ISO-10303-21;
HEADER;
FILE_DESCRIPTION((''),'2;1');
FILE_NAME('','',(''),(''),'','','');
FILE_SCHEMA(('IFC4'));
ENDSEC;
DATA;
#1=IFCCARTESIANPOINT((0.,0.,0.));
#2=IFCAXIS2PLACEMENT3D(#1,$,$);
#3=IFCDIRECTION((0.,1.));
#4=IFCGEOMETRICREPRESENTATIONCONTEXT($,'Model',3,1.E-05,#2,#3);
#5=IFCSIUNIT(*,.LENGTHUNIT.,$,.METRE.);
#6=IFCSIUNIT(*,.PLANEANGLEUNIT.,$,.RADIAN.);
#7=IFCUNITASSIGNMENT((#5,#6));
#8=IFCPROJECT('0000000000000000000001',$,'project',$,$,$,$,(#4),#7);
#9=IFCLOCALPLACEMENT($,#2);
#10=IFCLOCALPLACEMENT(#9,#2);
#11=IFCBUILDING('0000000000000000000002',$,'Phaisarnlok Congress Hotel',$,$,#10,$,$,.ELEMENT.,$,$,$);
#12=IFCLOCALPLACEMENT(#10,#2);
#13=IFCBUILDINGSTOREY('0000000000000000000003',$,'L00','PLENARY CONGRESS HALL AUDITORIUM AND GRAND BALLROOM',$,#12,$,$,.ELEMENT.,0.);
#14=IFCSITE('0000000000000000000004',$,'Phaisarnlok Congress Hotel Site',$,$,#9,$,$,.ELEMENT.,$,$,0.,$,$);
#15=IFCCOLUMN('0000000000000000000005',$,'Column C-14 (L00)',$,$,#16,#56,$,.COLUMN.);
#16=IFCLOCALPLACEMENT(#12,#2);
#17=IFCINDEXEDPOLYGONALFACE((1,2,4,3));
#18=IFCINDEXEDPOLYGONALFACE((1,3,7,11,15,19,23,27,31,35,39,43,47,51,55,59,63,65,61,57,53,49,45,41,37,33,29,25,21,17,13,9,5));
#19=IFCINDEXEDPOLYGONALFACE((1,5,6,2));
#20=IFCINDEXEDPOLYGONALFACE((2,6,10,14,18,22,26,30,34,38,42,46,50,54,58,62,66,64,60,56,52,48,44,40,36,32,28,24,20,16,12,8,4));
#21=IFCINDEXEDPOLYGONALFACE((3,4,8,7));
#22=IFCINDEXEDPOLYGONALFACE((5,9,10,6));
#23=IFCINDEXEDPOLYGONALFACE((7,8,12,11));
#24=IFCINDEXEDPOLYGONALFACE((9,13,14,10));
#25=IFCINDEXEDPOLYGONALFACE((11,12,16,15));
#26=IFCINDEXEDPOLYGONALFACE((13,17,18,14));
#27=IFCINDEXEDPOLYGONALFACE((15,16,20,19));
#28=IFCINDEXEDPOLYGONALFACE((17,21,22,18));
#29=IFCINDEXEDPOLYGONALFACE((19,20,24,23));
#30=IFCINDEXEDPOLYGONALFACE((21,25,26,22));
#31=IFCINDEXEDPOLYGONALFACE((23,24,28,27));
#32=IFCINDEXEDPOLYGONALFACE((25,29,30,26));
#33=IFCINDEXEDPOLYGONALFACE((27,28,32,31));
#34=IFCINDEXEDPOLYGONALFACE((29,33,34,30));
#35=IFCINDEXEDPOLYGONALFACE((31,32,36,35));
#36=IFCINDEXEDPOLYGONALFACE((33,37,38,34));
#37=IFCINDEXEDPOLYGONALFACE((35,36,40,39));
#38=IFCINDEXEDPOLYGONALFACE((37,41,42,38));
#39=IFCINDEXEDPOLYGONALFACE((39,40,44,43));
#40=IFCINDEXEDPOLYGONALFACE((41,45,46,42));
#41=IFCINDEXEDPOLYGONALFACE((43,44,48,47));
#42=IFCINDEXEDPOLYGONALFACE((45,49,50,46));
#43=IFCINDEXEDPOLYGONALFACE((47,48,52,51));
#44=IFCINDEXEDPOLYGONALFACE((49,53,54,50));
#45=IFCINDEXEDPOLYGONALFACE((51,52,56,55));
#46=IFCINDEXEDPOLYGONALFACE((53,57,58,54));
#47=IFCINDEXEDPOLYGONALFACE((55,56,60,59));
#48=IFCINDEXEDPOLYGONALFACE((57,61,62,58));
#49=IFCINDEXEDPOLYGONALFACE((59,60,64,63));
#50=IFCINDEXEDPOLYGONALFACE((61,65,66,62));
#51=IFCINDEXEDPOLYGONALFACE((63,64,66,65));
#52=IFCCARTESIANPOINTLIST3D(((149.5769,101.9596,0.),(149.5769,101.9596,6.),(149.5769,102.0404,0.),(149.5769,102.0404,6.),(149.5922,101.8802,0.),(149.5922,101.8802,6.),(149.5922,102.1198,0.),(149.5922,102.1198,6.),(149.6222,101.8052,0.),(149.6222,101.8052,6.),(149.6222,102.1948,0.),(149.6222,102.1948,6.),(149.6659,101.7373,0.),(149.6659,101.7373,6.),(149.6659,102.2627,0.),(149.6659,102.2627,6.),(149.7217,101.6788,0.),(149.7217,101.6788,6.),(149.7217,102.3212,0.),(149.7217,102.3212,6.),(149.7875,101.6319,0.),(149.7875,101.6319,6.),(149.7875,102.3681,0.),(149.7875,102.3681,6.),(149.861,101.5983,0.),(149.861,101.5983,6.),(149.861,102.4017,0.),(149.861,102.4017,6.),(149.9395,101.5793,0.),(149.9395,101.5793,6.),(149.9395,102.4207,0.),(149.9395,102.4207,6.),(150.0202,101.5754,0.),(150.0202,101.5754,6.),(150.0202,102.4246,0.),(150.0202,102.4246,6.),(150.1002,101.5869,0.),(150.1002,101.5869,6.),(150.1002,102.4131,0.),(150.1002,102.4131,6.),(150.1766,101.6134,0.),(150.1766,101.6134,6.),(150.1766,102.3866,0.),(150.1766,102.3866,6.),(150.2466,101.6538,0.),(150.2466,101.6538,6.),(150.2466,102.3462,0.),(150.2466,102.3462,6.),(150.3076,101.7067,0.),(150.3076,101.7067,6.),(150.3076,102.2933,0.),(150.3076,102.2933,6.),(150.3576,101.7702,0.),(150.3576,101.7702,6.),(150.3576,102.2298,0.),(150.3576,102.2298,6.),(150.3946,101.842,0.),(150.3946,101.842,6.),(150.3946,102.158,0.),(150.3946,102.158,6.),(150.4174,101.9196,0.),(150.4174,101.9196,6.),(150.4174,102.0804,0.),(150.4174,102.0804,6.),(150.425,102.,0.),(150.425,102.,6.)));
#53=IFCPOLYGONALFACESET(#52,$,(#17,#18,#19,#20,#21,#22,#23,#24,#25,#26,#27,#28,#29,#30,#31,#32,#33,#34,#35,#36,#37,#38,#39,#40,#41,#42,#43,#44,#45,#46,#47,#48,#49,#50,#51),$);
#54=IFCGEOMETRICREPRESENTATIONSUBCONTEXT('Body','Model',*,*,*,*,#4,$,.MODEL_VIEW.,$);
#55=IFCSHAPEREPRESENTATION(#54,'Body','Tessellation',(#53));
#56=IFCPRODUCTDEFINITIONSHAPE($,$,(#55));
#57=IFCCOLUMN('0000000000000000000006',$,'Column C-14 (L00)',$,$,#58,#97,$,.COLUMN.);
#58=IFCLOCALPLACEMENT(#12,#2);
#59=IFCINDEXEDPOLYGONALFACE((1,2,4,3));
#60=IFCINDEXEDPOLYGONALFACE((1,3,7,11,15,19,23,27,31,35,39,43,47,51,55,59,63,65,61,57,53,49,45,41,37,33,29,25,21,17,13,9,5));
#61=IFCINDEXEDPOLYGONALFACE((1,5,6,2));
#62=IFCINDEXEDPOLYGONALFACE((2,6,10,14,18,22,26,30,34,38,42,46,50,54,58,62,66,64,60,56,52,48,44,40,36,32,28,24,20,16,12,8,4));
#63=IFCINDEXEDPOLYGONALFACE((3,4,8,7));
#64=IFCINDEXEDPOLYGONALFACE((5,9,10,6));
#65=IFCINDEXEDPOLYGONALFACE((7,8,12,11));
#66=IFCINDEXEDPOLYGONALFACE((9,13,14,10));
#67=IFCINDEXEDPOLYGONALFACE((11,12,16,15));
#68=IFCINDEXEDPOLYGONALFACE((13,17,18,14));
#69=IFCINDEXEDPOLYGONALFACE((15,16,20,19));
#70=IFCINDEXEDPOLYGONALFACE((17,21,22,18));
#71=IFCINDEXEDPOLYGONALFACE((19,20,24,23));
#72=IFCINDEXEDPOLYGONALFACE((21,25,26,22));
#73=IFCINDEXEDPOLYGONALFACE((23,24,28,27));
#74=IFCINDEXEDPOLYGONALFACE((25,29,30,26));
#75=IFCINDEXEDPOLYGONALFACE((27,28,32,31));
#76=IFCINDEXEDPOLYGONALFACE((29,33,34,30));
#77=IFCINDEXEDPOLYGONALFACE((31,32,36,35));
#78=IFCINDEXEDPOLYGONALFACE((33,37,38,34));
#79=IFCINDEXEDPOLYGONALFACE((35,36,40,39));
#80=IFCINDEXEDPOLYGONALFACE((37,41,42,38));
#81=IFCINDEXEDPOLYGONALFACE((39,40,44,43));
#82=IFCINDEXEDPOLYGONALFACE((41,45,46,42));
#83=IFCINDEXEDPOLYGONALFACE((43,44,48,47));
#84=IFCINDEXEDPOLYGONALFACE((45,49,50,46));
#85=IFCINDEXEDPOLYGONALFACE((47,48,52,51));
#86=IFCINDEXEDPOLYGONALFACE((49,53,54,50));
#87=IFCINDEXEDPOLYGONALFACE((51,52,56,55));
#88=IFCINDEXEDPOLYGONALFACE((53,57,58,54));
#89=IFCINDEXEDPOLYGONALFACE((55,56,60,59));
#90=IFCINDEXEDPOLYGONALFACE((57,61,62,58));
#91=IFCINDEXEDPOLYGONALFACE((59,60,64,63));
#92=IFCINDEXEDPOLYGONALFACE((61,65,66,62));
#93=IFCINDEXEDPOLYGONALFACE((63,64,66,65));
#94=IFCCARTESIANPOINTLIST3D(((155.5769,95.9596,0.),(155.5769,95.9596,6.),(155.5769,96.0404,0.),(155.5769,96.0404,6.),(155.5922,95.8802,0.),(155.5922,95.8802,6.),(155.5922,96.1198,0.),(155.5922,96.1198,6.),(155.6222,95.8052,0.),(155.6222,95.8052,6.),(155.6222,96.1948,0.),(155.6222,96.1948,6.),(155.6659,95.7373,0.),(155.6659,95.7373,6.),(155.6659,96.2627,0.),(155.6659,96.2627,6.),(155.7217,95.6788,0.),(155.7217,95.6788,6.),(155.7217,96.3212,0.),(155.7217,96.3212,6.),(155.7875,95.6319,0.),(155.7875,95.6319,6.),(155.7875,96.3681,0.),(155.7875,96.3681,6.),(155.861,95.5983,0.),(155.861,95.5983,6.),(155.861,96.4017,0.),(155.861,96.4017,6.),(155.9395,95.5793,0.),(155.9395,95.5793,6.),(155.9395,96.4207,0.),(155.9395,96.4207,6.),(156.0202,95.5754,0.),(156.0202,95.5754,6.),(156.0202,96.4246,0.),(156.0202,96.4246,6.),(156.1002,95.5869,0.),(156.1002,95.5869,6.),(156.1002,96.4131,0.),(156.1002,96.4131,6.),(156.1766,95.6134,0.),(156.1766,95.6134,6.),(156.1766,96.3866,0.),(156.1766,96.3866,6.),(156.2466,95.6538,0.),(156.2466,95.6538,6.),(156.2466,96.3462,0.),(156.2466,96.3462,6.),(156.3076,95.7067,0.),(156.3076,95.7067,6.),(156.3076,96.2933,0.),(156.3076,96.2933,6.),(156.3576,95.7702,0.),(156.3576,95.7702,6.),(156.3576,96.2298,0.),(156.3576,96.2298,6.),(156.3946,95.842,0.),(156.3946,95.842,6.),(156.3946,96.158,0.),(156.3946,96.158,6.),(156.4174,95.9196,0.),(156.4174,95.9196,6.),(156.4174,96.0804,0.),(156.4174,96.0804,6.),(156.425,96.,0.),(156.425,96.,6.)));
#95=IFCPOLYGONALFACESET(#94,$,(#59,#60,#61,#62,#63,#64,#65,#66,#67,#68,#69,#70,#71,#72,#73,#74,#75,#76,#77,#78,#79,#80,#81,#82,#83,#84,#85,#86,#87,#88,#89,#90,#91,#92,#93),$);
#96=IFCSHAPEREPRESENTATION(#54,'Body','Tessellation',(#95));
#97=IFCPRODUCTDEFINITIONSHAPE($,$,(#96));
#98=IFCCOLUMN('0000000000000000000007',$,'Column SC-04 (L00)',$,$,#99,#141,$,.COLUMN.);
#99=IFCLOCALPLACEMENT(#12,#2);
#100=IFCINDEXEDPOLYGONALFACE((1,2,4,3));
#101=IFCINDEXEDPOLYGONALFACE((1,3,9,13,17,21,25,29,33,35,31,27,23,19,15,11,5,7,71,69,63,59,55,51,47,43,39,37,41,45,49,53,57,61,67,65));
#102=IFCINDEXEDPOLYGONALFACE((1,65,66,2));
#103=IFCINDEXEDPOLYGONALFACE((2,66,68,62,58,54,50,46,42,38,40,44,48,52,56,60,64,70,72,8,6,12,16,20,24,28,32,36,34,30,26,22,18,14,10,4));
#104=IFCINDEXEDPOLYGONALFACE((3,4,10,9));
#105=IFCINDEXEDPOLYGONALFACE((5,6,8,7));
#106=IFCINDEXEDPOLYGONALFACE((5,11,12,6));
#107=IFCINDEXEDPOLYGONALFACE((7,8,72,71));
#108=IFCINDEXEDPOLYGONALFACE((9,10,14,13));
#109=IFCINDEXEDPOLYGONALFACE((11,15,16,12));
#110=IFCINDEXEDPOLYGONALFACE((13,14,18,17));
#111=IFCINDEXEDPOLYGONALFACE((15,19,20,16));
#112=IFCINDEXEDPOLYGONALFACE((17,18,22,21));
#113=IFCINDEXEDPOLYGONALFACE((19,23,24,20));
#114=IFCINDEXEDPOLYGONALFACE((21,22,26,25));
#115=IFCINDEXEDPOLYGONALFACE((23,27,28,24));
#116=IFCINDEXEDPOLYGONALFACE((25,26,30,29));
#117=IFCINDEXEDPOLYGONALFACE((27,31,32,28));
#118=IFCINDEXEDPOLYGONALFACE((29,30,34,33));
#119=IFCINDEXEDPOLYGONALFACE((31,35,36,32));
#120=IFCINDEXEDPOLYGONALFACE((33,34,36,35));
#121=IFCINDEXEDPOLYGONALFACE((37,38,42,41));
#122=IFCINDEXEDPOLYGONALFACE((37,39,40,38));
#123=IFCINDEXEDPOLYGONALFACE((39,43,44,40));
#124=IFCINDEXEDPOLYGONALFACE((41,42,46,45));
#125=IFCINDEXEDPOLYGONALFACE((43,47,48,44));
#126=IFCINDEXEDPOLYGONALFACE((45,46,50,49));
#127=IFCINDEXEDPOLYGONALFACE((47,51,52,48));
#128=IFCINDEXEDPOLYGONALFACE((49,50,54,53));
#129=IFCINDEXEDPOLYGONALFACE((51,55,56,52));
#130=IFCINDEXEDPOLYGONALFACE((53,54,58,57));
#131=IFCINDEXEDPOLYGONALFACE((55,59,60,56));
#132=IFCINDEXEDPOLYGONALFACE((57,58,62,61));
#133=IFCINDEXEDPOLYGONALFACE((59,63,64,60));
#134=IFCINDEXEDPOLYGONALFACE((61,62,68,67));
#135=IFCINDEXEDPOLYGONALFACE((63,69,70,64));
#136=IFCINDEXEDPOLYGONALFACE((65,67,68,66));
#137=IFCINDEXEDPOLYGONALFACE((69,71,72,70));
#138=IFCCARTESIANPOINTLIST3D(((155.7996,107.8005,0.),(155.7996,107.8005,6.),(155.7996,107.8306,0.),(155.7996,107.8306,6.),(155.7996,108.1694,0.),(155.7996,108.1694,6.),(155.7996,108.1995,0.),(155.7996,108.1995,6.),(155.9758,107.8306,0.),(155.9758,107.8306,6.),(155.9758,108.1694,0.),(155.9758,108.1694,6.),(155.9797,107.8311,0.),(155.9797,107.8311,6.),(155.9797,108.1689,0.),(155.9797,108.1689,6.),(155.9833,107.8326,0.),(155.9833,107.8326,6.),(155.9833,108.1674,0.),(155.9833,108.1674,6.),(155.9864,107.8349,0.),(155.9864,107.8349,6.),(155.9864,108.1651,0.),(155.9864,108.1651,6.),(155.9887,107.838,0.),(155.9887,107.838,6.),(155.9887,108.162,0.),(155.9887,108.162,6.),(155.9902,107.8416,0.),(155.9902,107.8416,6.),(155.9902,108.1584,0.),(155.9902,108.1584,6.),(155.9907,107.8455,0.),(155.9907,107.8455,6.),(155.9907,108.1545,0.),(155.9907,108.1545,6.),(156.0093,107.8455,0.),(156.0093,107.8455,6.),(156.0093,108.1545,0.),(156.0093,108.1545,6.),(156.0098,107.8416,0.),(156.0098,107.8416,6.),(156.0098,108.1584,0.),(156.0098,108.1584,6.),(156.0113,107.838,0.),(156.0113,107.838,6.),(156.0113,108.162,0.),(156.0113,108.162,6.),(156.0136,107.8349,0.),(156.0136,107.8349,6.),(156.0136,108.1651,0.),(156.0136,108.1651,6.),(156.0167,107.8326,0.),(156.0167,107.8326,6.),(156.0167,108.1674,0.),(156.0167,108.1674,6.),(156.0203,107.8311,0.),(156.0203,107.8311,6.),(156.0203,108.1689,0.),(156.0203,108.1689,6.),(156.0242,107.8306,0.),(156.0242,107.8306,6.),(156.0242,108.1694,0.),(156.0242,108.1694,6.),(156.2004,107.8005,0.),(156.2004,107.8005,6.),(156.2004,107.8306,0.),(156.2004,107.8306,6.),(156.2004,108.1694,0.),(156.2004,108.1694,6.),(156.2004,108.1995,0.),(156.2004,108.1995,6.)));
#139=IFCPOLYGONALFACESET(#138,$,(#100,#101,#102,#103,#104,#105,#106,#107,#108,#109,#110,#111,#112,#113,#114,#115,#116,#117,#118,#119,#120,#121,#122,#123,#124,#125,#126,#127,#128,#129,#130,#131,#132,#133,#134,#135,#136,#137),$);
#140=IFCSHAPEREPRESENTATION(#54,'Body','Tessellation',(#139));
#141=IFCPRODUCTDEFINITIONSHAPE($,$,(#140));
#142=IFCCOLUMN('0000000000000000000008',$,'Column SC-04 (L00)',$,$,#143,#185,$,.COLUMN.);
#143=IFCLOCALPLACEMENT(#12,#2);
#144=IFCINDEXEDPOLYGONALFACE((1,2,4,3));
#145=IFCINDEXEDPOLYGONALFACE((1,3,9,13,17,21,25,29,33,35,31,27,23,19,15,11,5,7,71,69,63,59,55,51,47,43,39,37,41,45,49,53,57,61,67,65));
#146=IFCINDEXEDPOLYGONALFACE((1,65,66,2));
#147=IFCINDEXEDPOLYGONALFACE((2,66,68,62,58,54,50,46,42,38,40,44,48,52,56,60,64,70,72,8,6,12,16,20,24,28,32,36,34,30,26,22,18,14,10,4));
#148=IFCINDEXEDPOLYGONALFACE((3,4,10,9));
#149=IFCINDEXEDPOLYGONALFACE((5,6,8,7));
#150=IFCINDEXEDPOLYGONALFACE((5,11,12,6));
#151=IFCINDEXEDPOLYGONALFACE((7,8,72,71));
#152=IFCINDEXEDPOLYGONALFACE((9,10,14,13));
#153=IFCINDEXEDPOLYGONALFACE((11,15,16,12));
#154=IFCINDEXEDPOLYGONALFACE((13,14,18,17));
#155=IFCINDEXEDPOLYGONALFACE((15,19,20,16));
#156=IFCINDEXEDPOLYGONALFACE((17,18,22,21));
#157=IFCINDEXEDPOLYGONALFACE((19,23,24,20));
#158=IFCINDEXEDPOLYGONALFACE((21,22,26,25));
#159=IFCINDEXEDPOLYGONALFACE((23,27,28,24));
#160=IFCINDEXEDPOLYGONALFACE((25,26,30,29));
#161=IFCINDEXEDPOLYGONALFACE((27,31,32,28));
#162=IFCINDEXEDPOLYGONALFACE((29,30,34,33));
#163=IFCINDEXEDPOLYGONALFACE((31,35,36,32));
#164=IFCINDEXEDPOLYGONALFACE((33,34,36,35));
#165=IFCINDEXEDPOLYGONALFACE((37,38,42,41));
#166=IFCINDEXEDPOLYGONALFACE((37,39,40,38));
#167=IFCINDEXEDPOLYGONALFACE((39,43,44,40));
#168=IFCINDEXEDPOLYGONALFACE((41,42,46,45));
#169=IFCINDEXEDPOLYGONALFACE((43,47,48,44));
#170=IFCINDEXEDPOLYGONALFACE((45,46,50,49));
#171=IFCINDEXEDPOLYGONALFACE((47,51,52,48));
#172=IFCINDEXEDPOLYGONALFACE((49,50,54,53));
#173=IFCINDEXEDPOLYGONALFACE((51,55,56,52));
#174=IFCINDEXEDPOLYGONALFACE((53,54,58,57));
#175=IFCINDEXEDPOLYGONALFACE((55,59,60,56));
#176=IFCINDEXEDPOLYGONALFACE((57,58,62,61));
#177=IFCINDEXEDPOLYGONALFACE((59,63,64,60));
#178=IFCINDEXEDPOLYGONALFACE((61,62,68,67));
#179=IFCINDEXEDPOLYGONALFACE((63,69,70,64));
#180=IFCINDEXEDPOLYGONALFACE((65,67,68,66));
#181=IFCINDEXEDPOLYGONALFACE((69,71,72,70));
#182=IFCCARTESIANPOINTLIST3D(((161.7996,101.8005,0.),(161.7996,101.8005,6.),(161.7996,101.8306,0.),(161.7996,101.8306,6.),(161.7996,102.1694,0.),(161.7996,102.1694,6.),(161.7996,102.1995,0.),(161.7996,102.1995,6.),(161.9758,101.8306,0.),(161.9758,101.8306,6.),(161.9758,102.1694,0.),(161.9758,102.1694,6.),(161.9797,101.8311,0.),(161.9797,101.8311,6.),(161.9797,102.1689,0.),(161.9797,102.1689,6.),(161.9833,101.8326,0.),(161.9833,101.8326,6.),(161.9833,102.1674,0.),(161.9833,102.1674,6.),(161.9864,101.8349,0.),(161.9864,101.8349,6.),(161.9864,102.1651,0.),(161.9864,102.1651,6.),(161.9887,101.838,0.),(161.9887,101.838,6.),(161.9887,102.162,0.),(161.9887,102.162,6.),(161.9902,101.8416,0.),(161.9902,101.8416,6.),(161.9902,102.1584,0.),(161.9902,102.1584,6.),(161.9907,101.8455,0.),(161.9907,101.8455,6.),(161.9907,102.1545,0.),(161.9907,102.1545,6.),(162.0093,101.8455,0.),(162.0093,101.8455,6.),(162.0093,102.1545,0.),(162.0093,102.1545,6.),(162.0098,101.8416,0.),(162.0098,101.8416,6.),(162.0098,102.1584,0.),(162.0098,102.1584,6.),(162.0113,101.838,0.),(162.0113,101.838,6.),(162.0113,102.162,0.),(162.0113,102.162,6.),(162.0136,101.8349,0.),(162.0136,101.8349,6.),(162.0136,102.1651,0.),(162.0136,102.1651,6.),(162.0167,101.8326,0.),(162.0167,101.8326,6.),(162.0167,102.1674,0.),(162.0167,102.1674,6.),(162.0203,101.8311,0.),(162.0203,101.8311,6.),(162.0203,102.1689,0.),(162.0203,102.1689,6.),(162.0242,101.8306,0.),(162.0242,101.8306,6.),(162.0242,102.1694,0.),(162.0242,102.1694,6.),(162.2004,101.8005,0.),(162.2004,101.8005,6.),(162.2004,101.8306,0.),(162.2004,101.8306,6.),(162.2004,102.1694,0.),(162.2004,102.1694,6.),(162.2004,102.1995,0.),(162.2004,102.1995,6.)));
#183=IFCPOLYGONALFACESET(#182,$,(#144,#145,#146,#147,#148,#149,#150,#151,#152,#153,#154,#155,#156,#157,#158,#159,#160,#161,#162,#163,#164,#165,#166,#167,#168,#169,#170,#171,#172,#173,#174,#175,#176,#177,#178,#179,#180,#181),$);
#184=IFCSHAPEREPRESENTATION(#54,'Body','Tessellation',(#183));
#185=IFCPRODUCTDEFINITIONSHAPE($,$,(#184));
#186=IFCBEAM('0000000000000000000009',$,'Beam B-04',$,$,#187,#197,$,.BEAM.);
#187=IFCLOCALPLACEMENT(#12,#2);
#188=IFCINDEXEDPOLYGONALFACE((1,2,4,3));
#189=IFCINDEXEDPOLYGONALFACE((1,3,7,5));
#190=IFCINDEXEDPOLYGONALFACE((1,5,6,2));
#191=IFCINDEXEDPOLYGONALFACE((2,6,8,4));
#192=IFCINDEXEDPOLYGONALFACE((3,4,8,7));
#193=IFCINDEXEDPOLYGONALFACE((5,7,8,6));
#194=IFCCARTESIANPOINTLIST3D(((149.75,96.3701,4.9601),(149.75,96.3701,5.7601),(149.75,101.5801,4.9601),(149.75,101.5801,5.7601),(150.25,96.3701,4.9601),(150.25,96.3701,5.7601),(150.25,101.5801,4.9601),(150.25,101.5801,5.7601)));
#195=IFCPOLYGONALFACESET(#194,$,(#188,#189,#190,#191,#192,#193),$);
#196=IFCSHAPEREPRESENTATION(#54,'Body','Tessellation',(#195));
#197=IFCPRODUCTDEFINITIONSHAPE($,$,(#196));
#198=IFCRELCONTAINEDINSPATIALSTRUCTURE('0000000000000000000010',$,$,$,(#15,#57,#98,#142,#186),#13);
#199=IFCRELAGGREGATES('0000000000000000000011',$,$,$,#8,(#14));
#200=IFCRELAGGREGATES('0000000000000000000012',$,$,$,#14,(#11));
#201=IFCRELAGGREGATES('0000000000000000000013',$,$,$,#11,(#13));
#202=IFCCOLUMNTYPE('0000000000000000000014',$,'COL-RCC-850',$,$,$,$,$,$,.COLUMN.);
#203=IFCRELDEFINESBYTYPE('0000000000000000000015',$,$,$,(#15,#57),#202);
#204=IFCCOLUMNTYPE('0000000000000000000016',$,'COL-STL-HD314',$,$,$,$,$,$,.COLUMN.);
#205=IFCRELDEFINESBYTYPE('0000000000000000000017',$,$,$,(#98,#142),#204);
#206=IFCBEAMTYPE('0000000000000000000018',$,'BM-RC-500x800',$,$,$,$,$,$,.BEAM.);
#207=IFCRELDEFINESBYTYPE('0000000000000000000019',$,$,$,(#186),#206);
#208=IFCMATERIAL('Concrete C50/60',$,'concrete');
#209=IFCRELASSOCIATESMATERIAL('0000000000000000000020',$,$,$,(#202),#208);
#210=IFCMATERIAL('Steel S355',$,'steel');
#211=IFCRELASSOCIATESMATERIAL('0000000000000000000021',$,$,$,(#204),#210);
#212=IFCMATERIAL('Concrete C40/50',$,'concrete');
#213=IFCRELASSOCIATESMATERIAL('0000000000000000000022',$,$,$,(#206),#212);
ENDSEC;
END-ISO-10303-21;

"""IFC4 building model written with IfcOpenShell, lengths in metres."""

from ifc_helpers import new_model, si_unit, direction, frame, origin, origin_2d, place, context, subcontext, project, spatial, rectangle, circle, i_section, extrude, material, material_profile, profile_set, type_object, element, save


model = new_model("IFC4")

# Units and contexts
model_context = context("Model", 3, precision=1e-05, world=origin(), true_north=direction((0.0, 1.0)))
body_context = subcontext(model_context, "Body", "Model", "MODEL_VIEW")
ifc_project = project(units=[si_unit("LENGTHUNIT", "METRE"), si_unit("PLANEANGLEUNIT", "RADIAN")], contexts=[model_context])

# Site, building, storey
site_placement = place(None, origin())
site = spatial("IfcSite", under=ifc_project, at=site_placement, Name="Phaisarnlok Congress Hotel Site", CompositionType="ELEMENT", RefElevation=0.0)
building_placement = place(site_placement, origin())
building = spatial("IfcBuilding", under=site, at=building_placement, Name="Phaisarnlok Congress Hotel", CompositionType="ELEMENT")
storey_placement = place(building_placement, origin())
storey = spatial("IfcBuildingStorey", under=building, at=storey_placement, Name="L00", Description="PLENARY CONGRESS HALL AUDITORIUM AND GRAND BALLROOM", CompositionType="ELEMENT", Elevation=0.0)

# Columns
ifc_material_1 = material(Name="Concrete C50/60", Category="concrete")
ifc_material_profile_1 = material_profile(ifc_material_1, circle(Radius=0.425, at=origin_2d()), Name="RCC D850")
ifc_profile_set_1 = profile_set([ifc_material_profile_1], Name="Concrete C50/60")
column_type_1 = type_object("IfcColumnType", Name="COL-RCC-850", PredefinedType="COLUMN", material=ifc_profile_set_1)
for number, where, z_axis, x_axis, name in (
    (1, (150.0, 102.0, 0.0), (0.0, 0.0, 1.0), (1.0, 0.0, 0.0), "Column C-14 (L00)"),
    (2, (156.0, 96.0, 0.0), (0.0, 0.0, 1.0), (1.0, 0.0, 0.0), "Column C-14 (L00)"),
):
    element("IfcColumn", number, at=place(storey_placement, frame(where, z_axis=z_axis, x_axis=x_axis)), inside=storey, type_object=column_type_1, Name=name, PredefinedType="COLUMN", context=body_context, shape_type="SweptSolid", body=[
        extrude(circle(Radius=0.425, at=origin_2d()), origin(), (0.0, 0.0, 1.0), 6.0),
    ])
ifc_material_2 = material(Name="Steel S355", Category="steel")
ifc_material_profile_2 = material_profile(ifc_material_2, i_section(OverallWidth=0.4009, OverallDepth=0.3989, WebThickness=0.0186, FlangeThickness=0.03, FilletRadius=0.0149, at=origin_2d()), Name="HD 400x314")
ifc_profile_set_2 = profile_set([ifc_material_profile_2], Name="Steel S355")
column_type_2 = type_object("IfcColumnType", Name="COL-STL-HD314", PredefinedType="COLUMN", material=ifc_profile_set_2)
for number, where, z_axis, x_axis, name in (
    (3, (156.0, 108.0, 0.0), (0.0, 0.0, 1.0), (1.0, 0.0, 0.0), "Column SC-04 (L00)"),
    (4, (162.0, 102.0, 0.0), (0.0, 0.0, 1.0), (1.0, 0.0, 0.0), "Column SC-04 (L00)"),
):
    element("IfcColumn", number, at=place(storey_placement, frame(where, z_axis=z_axis, x_axis=x_axis)), inside=storey, type_object=column_type_2, Name=name, PredefinedType="COLUMN", context=body_context, shape_type="SweptSolid", body=[
        extrude(i_section(OverallWidth=0.4009, OverallDepth=0.3989, WebThickness=0.0186, FlangeThickness=0.03, FilletRadius=0.0149, at=origin_2d()), origin(), (0.0, 0.0, 1.0), 6.0),
    ])

# Beam
ifc_material_3 = material(Name="Concrete C40/50", Category="concrete")
ifc_material_profile_3 = material_profile(ifc_material_3, rectangle(XDim=0.5, YDim=0.8, at=origin_2d()), Name="RC 500x800")
ifc_profile_set_3 = profile_set([ifc_material_profile_3], Name="Concrete C40/50")
beam_type_1 = type_object("IfcBeamType", Name="BM-RC-500x800", PredefinedType="BEAM", material=ifc_profile_set_3)
beam_1_placement = place(storey_placement, frame((150.0, 96.3701, 5.3601), z_axis=(0.0, 1.0, 0.0), x_axis=(-1.0, 0.0, 0.0)))
element("IfcBeam", 5, at=beam_1_placement, inside=storey, type_object=beam_type_1, Name="Beam B-04", PredefinedType="BEAM", context=body_context, shape_type="SweptSolid", body=[
    extrude(rectangle(XDim=0.5, YDim=0.8, at=origin_2d()), origin(), (0.0, 0.0, 1.0), 5.21),
])

save(model, "model.ifc")
